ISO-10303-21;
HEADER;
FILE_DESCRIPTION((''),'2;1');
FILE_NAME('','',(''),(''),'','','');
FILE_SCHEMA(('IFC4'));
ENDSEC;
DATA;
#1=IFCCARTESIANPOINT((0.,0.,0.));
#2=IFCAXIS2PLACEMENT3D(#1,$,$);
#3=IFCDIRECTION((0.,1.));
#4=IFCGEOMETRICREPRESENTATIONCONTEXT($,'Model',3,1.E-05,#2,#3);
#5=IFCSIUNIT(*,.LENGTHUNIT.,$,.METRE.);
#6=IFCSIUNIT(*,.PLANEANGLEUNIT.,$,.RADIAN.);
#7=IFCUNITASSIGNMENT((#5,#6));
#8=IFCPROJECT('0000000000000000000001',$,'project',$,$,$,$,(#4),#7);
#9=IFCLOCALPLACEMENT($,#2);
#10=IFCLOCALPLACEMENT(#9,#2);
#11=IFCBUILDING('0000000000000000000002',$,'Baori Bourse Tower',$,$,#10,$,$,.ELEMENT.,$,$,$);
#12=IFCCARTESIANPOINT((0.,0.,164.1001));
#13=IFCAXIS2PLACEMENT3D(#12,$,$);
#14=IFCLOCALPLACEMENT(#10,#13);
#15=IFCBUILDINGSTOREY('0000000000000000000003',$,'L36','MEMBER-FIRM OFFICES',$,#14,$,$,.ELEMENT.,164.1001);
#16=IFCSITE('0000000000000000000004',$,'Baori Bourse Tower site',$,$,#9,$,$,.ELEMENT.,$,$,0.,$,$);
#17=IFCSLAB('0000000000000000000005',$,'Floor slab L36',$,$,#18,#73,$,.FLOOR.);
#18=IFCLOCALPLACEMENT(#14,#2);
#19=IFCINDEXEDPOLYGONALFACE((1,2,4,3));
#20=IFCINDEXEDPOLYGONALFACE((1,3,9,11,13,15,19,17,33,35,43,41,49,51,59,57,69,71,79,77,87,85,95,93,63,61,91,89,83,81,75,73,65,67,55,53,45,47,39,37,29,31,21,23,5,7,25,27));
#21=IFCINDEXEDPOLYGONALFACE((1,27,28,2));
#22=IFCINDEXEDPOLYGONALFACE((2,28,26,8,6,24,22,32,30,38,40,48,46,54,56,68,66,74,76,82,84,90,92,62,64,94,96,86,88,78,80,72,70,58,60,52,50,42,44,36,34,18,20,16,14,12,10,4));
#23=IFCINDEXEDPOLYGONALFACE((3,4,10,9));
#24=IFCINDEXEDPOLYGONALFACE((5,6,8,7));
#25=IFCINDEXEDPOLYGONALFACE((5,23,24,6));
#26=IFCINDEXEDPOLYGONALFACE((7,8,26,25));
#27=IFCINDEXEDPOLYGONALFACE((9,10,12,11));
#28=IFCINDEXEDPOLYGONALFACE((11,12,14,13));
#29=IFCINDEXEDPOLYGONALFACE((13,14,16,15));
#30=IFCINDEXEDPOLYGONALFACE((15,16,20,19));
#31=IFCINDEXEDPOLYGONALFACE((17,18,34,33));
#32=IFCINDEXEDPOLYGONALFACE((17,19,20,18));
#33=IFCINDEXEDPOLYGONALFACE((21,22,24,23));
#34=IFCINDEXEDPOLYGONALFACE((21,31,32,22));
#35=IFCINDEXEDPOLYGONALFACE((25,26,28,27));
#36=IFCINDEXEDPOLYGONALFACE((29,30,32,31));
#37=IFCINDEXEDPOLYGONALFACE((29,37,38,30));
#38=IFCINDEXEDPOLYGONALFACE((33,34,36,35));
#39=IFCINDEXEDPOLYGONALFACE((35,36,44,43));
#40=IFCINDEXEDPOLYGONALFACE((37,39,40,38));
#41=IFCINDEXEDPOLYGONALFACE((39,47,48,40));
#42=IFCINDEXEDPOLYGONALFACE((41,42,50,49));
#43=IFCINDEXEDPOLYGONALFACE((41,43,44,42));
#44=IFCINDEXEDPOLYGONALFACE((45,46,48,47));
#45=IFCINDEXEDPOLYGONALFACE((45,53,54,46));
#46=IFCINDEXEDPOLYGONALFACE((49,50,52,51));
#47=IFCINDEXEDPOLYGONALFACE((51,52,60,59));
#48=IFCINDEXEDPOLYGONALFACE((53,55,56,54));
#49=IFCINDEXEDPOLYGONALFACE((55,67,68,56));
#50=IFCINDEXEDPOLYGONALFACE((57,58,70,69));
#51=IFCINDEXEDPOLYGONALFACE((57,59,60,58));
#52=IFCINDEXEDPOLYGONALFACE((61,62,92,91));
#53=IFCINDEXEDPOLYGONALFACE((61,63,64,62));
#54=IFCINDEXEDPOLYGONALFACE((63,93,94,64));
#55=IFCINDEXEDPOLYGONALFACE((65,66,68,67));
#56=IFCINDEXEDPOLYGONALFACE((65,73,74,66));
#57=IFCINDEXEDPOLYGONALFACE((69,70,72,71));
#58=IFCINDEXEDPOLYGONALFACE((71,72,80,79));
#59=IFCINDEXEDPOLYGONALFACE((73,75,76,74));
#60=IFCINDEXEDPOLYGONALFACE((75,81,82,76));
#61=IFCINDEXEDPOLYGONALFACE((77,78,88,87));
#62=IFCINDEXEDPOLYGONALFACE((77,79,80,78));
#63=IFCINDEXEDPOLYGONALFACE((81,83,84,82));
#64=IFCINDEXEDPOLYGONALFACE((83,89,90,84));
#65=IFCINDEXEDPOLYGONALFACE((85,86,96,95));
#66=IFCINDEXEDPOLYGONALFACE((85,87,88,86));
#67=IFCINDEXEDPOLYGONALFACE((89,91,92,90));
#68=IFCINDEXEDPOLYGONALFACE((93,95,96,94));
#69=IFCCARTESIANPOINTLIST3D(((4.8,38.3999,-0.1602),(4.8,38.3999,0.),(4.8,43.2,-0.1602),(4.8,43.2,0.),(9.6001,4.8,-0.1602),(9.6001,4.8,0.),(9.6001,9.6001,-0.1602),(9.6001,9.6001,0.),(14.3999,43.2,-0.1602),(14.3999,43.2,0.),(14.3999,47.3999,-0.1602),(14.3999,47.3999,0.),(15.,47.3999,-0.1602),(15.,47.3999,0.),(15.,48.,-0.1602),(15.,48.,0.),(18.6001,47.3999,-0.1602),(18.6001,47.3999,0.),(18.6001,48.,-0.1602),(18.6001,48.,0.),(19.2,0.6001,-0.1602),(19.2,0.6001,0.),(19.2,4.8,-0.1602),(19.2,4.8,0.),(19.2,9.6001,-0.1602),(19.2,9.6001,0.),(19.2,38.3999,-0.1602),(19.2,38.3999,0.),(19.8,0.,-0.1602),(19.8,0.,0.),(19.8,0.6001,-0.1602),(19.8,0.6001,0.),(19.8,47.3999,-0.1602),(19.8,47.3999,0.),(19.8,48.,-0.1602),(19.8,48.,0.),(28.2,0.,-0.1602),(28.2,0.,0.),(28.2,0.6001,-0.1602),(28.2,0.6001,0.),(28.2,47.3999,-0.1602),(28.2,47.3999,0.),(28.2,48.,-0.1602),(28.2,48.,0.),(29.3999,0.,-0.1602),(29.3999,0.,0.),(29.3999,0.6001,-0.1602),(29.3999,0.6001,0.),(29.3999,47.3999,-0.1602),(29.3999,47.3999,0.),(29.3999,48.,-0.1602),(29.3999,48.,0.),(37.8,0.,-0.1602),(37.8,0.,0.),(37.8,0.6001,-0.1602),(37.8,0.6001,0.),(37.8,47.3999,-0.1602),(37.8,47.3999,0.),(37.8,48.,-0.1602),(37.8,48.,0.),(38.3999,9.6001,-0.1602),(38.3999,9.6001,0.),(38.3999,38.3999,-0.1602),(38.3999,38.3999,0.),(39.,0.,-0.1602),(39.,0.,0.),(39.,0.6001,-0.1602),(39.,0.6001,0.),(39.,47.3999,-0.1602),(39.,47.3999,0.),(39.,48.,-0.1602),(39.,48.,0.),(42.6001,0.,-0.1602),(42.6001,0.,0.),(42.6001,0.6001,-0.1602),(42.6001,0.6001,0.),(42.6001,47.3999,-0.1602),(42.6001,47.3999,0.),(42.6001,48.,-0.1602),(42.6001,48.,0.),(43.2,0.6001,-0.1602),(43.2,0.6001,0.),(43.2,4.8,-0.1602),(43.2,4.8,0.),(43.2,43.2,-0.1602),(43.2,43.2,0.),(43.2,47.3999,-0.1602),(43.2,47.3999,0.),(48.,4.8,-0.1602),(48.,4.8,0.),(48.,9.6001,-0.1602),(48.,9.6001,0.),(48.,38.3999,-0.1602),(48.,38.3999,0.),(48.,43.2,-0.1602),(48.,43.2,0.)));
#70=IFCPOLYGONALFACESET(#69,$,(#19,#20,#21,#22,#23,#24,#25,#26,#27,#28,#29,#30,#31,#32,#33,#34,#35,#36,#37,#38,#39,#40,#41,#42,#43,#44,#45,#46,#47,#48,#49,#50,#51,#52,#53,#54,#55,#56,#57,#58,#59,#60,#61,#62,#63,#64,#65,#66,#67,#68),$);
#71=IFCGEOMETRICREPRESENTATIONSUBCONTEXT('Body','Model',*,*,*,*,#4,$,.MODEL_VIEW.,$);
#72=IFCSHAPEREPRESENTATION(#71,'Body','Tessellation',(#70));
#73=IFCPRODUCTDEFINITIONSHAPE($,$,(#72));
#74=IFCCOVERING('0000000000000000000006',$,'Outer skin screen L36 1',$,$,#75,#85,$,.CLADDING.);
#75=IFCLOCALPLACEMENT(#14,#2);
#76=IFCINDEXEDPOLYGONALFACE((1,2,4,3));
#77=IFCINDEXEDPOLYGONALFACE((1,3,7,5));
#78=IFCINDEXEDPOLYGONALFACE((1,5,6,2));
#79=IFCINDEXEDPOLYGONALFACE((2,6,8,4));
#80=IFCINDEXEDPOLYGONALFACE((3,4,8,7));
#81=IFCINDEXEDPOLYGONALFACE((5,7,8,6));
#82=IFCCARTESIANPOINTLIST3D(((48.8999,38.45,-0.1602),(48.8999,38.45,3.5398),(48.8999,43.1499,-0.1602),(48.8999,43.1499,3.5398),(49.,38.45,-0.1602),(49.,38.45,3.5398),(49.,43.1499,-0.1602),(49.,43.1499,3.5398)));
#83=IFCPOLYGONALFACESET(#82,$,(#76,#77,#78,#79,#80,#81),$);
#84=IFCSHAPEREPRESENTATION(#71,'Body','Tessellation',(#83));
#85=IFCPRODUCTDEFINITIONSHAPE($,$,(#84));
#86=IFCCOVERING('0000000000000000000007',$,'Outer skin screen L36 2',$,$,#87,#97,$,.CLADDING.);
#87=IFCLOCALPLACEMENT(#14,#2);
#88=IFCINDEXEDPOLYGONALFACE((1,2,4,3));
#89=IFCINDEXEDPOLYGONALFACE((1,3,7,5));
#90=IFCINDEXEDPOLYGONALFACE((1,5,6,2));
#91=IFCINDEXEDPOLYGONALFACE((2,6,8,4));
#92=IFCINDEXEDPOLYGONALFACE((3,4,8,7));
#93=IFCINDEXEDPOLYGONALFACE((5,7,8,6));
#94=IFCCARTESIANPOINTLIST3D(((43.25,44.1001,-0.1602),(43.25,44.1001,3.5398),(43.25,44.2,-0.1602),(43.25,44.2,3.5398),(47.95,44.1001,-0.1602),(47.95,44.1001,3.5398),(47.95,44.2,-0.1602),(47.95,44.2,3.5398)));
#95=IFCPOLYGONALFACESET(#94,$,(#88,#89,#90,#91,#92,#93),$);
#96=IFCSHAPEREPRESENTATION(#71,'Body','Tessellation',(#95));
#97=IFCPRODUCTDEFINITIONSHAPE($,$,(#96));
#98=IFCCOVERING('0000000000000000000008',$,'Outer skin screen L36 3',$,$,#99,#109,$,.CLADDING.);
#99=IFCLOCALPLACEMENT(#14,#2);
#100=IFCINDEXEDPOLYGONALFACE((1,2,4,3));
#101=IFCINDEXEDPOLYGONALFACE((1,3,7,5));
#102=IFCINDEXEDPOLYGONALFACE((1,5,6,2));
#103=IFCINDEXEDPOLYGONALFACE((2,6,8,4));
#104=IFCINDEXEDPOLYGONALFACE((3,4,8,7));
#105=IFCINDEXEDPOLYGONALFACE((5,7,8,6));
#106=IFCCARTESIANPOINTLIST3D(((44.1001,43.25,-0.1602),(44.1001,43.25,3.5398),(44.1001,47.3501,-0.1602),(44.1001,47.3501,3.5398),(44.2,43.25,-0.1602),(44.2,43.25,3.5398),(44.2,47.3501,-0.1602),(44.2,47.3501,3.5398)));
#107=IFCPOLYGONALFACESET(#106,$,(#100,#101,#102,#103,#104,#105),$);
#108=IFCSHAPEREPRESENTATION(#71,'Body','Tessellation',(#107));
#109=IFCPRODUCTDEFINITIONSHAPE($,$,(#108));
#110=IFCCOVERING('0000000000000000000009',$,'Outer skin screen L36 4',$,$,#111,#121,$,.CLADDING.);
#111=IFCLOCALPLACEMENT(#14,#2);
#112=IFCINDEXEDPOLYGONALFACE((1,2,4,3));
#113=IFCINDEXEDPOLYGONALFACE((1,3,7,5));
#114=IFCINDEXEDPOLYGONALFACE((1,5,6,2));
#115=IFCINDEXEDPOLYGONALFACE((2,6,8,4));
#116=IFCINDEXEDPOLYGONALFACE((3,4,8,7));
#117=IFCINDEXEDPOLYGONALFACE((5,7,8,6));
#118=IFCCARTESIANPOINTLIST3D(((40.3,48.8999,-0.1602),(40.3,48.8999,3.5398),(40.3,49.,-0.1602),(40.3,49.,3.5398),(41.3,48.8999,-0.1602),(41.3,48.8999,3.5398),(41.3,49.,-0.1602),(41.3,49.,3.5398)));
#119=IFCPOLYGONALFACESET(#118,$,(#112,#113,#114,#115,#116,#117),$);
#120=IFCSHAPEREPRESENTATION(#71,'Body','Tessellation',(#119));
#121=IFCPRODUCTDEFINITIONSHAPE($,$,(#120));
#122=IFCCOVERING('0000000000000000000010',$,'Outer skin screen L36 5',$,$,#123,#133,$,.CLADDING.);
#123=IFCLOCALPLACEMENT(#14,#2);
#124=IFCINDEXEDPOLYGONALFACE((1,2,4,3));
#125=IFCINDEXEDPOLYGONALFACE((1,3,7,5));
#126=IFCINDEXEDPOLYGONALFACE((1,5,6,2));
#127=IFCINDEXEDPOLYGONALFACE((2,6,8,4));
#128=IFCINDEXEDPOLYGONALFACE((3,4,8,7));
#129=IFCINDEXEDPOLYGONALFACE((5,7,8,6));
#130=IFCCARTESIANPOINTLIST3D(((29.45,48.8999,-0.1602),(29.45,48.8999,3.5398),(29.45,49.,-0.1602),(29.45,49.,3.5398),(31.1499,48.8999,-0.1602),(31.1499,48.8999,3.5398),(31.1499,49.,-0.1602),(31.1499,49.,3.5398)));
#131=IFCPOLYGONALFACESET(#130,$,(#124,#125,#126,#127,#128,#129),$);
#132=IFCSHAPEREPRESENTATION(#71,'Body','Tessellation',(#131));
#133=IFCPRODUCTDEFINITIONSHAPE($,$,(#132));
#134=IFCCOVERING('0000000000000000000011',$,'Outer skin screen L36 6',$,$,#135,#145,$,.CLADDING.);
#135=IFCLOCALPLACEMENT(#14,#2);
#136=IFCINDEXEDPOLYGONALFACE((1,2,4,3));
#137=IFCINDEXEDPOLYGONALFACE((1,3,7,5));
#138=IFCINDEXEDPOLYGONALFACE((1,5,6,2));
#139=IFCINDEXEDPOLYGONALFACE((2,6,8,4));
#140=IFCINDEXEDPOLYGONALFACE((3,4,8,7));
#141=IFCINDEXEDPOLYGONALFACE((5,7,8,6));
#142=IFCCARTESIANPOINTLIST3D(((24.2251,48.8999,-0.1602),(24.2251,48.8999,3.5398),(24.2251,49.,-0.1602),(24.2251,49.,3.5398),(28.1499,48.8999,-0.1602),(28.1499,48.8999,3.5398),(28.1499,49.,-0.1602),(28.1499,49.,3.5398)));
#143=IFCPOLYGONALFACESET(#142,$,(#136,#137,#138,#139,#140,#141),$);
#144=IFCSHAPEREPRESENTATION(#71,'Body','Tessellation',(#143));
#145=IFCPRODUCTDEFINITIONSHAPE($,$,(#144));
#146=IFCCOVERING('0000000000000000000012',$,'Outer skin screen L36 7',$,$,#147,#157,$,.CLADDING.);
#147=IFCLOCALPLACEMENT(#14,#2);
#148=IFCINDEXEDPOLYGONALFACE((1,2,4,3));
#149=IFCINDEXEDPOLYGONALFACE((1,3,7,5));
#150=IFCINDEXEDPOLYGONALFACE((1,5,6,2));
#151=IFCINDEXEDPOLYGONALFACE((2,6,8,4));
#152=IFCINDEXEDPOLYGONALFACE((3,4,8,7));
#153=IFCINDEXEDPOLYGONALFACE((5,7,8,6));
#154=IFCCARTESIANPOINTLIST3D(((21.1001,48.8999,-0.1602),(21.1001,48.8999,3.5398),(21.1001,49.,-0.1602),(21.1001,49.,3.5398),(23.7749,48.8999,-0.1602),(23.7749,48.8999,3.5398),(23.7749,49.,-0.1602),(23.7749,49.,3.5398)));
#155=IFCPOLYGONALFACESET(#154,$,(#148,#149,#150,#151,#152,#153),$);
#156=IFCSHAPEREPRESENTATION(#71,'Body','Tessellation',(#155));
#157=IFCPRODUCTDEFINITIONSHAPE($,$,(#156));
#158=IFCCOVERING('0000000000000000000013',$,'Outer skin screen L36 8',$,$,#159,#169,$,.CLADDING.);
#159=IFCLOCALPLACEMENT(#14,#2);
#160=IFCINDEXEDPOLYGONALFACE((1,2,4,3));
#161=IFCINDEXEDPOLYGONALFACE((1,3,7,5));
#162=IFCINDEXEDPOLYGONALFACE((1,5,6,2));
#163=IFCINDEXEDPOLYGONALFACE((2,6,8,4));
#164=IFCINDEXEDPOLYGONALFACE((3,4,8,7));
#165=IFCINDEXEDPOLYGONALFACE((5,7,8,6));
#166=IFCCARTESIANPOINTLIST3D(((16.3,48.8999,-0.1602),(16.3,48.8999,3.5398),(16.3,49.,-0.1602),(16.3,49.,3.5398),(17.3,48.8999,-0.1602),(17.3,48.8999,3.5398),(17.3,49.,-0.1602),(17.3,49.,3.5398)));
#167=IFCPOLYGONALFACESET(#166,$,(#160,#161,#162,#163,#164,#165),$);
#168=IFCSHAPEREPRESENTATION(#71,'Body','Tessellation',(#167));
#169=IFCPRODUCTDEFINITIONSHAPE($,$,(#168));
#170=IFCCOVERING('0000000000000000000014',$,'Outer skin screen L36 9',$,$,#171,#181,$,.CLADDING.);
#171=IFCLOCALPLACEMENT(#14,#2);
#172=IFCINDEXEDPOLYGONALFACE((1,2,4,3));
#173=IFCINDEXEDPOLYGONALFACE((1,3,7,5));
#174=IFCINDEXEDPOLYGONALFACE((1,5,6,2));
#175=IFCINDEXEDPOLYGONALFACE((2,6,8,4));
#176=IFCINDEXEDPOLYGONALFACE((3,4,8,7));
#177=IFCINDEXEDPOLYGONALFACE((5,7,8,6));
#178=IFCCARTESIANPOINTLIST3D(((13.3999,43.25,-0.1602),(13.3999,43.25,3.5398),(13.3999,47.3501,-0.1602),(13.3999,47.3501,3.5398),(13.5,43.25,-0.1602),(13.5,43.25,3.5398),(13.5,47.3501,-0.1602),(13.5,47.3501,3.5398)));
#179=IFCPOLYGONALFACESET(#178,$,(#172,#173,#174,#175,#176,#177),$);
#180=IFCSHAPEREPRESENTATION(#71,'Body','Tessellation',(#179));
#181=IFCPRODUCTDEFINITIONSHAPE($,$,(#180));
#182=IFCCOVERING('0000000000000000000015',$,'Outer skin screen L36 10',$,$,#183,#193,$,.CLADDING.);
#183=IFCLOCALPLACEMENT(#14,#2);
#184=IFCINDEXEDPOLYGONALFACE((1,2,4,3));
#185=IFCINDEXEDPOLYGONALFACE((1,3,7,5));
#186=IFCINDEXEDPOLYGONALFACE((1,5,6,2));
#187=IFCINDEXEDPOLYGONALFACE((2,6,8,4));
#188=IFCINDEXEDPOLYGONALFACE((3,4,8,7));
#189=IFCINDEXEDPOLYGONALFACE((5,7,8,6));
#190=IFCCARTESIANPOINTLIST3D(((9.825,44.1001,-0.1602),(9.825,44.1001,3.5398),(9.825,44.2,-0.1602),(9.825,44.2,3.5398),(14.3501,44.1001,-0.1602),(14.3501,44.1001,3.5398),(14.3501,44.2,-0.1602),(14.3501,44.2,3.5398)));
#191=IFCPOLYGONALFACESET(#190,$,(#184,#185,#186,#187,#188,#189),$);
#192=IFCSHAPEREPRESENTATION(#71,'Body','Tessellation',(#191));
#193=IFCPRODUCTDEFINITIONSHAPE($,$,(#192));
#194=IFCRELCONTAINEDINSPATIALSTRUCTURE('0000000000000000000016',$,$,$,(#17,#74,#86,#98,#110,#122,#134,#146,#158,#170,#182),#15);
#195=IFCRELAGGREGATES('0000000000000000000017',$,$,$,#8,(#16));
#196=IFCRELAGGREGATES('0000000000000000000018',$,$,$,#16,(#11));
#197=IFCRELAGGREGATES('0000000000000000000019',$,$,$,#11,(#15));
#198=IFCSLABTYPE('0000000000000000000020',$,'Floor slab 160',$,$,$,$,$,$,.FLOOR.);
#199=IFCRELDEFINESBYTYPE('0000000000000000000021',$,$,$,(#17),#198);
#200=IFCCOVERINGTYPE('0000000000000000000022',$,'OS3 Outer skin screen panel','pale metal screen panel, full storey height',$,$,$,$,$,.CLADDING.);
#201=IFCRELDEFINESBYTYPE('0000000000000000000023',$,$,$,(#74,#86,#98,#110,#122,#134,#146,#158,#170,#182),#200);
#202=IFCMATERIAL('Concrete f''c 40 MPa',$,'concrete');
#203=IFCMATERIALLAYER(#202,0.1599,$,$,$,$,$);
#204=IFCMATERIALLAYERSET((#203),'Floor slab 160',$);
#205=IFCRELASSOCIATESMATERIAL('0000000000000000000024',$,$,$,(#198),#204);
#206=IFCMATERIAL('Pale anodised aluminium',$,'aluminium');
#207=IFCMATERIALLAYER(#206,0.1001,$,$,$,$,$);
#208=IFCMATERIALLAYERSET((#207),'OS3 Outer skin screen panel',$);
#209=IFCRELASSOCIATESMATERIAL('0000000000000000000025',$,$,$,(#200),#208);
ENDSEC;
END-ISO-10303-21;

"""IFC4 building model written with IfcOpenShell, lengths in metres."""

from ifc_helpers import new_model, si_unit, direction, frame, origin, place, context, subcontext, project, spatial, polyline, outline, extrude, material, layer, layer_set, type_object, element, save


model = new_model("IFC4")

# Units and contexts
model_context = context("Model", 3, precision=1e-05, world=origin(), true_north=direction((0.0, 1.0)))
body_context = subcontext(model_context, "Body", "Model", "MODEL_VIEW")
ifc_project = project(units=[si_unit("LENGTHUNIT", "METRE"), si_unit("PLANEANGLEUNIT", "RADIAN")], contexts=[model_context])

# Site, building, storey
site_placement = place(None, origin())
site = spatial("IfcSite", under=ifc_project, at=site_placement, Name="Baori Bourse Tower site", CompositionType="ELEMENT", RefElevation=0.0)
building_placement = place(site_placement, origin())
building = spatial("IfcBuilding", under=site, at=building_placement, Name="Baori Bourse Tower", CompositionType="ELEMENT")
storey_placement = place(building_placement, frame((0.0, 0.0, 164.1001)))
storey = spatial("IfcBuildingStorey", under=building, at=storey_placement, Name="L36", Description="MEMBER-FIRM OFFICES", CompositionType="ELEMENT", Elevation=164.1001)

# Slab
ifc_material_1 = material(Name="Concrete f'c 40 MPa", Category="concrete")
ifc_layer_1 = layer(ifc_material_1, 0.1599)
ifc_layer_set_1 = layer_set([ifc_layer_1], Name="Floor slab 160")
slab_type_1 = type_object("IfcSlabType", Name="Floor slab 160", PredefinedType="FLOOR", material=ifc_layer_set_1)
slab_1_placement = place(storey_placement, frame((0.0, 0.0, -0.1602)))
element("IfcSlab", 1, at=slab_1_placement, inside=storey, type_object=slab_type_1, Name="Floor slab L36", PredefinedType="FLOOR", context=body_context, shape_type="SweptSolid", body=[
    extrude(outline(polyline([(19.2, 4.8), (9.6001, 4.8), (9.6001, 9.6001), (19.2, 9.6001), (19.2, 38.3999), (4.8, 38.3999), (4.8, 43.2), (14.3999, 43.2), (14.3999, 47.3999), (15.0, 47.3999), (15.0, 48.0), (18.6001, 48.0), (18.6001, 47.3999), (19.8, 47.3999), (19.8, 48.0), (28.2, 48.0), (28.2, 47.3999), (29.3999, 47.3999), (29.3999, 48.0), (37.8, 48.0), (37.8, 47.3999), (39.0, 47.3999), (39.0, 48.0), (42.6001, 48.0), (42.6001, 47.3999), (43.2, 47.3999), (43.2, 43.2), (48.0, 43.2), (48.0, 38.3999), (38.3999, 38.3999), (38.3999, 9.6001), (48.0, 9.6001), (48.0, 4.8), (43.2, 4.8), (43.2, 0.6001), (42.6001, 0.6001), (42.6001, 0.0), (39.0, 0.0), (39.0, 0.6001), (37.8, 0.6001), (37.8, 0.0), (29.3999, 0.0), (29.3999, 0.6001), (28.2, 0.6001), (28.2, 0.0), (19.8, 0.0), (19.8, 0.6001), (19.2, 0.6001), (19.2, 4.8)])), origin(), (0.0, 0.0, 1.0), 0.1602),
])

# Coverings
ifc_material_2 = material(Name="Pale anodised aluminium", Category="aluminium")
ifc_layer_2 = layer(ifc_material_2, 0.1001)
ifc_layer_set_2 = layer_set([ifc_layer_2], Name="OS3 Outer skin screen panel")
covering_type = type_object("IfcCoveringType", Name="OS3 Outer skin screen panel", Description="pale metal screen panel, full storey height", PredefinedType="CLADDING", material=ifc_layer_set_2)
covering_1_placement = place(storey_placement, frame((0.0, 0.0, -0.1602)))
element("IfcCovering", 2, at=covering_1_placement, inside=storey, type_object=covering_type, Name="Outer skin screen L36 1", PredefinedType="CLADDING", context=body_context, shape_type="SweptSolid", body=[
    extrude(outline(polyline([(48.8999, 43.1499), (48.8999, 38.45), (49.0, 38.45), (49.0, 43.1499), (48.8999, 43.1499)])), origin(), (0.0, 0.0, 1.0), 3.7),
])
covering_2_placement = place(storey_placement, frame((0.0, 0.0, -0.1602)))
element("IfcCovering", 3, at=covering_2_placement, inside=storey, type_object=covering_type, Name="Outer skin screen L36 2", PredefinedType="CLADDING", context=body_context, shape_type="SweptSolid", body=[
    extrude(outline(polyline([(43.25, 44.1001), (47.95, 44.1001), (47.95, 44.2), (43.25, 44.2), (43.25, 44.1001)])), origin(), (0.0, 0.0, 1.0), 3.7),
])
covering_3_placement = place(storey_placement, frame((0.0, 0.0, -0.1602)))
element("IfcCovering", 4, at=covering_3_placement, inside=storey, type_object=covering_type, Name="Outer skin screen L36 3", PredefinedType="CLADDING", context=body_context, shape_type="SweptSolid", body=[
    extrude(outline(polyline([(44.1001, 47.3501), (44.1001, 43.25), (44.2, 43.25), (44.2, 47.3501), (44.1001, 47.3501)])), origin(), (0.0, 0.0, 1.0), 3.7),
])
covering_4_placement = place(storey_placement, frame((0.0, 0.0, -0.1602)))
element("IfcCovering", 5, at=covering_4_placement, inside=storey, type_object=covering_type, Name="Outer skin screen L36 4", PredefinedType="CLADDING", context=body_context, shape_type="SweptSolid", body=[
    extrude(outline(polyline([(40.3, 48.8999), (41.3, 48.8999), (41.3, 49.0), (40.3, 49.0), (40.3, 48.8999)])), origin(), (0.0, 0.0, 1.0), 3.7),
])
covering_5_placement = place(storey_placement, frame((0.0, 0.0, -0.1602)))
element("IfcCovering", 6, at=covering_5_placement, inside=storey, type_object=covering_type, Name="Outer skin screen L36 5", PredefinedType="CLADDING", context=body_context, shape_type="SweptSolid", body=[
    extrude(outline(polyline([(29.45, 48.8999), (31.1499, 48.8999), (31.1499, 49.0), (29.45, 49.0), (29.45, 48.8999)])), origin(), (0.0, 0.0, 1.0), 3.7),
])
covering_6_placement = place(storey_placement, frame((0.0, 0.0, -0.1602)))
element("IfcCovering", 7, at=covering_6_placement, inside=storey, type_object=covering_type, Name="Outer skin screen L36 6", PredefinedType="CLADDING", context=body_context, shape_type="SweptSolid", body=[
    extrude(outline(polyline([(24.2251, 48.8999), (28.1499, 48.8999), (28.1499, 49.0), (24.2251, 49.0), (24.2251, 48.8999)])), origin(), (0.0, 0.0, 1.0), 3.7),
])
covering_7_placement = place(storey_placement, frame((0.0, 0.0, -0.1602)))
element("IfcCovering", 8, at=covering_7_placement, inside=storey, type_object=covering_type, Name="Outer skin screen L36 7", PredefinedType="CLADDING", context=body_context, shape_type="SweptSolid", body=[
    extrude(outline(polyline([(21.1001, 48.8999), (23.7749, 48.8999), (23.7749, 49.0), (21.1001, 49.0), (21.1001, 48.8999)])), origin(), (0.0, 0.0, 1.0), 3.7),
])
covering_8_placement = place(storey_placement, frame((0.0, 0.0, -0.1602)))
element("IfcCovering", 9, at=covering_8_placement, inside=storey, type_object=covering_type, Name="Outer skin screen L36 8", PredefinedType="CLADDING", context=body_context, shape_type="SweptSolid", body=[
    extrude(outline(polyline([(16.3, 48.8999), (17.3, 48.8999), (17.3, 49.0), (16.3, 49.0), (16.3, 48.8999)])), origin(), (0.0, 0.0, 1.0), 3.7),
])
covering_9_placement = place(storey_placement, frame((0.0, 0.0, -0.1602)))
element("IfcCovering", 10, at=covering_9_placement, inside=storey, type_object=covering_type, Name="Outer skin screen L36 9", PredefinedType="CLADDING", context=body_context, shape_type="SweptSolid", body=[
    extrude(outline(polyline([(13.5, 43.25), (13.5, 47.3501), (13.3999, 47.3501), (13.3999, 43.25), (13.5, 43.25)])), origin(), (0.0, 0.0, 1.0), 3.7),
])
covering_10_placement = place(storey_placement, frame((0.0, 0.0, -0.1602)))
element("IfcCovering", 11, at=covering_10_placement, inside=storey, type_object=covering_type, Name="Outer skin screen L36 10", PredefinedType="CLADDING", context=body_context, shape_type="SweptSolid", body=[
    extrude(outline(polyline([(9.825, 44.1001), (14.3501, 44.1001), (14.3501, 44.2), (9.825, 44.2), (9.825, 44.1001)])), origin(), (0.0, 0.0, 1.0), 3.7),
])

save(model, "model.ifc")
